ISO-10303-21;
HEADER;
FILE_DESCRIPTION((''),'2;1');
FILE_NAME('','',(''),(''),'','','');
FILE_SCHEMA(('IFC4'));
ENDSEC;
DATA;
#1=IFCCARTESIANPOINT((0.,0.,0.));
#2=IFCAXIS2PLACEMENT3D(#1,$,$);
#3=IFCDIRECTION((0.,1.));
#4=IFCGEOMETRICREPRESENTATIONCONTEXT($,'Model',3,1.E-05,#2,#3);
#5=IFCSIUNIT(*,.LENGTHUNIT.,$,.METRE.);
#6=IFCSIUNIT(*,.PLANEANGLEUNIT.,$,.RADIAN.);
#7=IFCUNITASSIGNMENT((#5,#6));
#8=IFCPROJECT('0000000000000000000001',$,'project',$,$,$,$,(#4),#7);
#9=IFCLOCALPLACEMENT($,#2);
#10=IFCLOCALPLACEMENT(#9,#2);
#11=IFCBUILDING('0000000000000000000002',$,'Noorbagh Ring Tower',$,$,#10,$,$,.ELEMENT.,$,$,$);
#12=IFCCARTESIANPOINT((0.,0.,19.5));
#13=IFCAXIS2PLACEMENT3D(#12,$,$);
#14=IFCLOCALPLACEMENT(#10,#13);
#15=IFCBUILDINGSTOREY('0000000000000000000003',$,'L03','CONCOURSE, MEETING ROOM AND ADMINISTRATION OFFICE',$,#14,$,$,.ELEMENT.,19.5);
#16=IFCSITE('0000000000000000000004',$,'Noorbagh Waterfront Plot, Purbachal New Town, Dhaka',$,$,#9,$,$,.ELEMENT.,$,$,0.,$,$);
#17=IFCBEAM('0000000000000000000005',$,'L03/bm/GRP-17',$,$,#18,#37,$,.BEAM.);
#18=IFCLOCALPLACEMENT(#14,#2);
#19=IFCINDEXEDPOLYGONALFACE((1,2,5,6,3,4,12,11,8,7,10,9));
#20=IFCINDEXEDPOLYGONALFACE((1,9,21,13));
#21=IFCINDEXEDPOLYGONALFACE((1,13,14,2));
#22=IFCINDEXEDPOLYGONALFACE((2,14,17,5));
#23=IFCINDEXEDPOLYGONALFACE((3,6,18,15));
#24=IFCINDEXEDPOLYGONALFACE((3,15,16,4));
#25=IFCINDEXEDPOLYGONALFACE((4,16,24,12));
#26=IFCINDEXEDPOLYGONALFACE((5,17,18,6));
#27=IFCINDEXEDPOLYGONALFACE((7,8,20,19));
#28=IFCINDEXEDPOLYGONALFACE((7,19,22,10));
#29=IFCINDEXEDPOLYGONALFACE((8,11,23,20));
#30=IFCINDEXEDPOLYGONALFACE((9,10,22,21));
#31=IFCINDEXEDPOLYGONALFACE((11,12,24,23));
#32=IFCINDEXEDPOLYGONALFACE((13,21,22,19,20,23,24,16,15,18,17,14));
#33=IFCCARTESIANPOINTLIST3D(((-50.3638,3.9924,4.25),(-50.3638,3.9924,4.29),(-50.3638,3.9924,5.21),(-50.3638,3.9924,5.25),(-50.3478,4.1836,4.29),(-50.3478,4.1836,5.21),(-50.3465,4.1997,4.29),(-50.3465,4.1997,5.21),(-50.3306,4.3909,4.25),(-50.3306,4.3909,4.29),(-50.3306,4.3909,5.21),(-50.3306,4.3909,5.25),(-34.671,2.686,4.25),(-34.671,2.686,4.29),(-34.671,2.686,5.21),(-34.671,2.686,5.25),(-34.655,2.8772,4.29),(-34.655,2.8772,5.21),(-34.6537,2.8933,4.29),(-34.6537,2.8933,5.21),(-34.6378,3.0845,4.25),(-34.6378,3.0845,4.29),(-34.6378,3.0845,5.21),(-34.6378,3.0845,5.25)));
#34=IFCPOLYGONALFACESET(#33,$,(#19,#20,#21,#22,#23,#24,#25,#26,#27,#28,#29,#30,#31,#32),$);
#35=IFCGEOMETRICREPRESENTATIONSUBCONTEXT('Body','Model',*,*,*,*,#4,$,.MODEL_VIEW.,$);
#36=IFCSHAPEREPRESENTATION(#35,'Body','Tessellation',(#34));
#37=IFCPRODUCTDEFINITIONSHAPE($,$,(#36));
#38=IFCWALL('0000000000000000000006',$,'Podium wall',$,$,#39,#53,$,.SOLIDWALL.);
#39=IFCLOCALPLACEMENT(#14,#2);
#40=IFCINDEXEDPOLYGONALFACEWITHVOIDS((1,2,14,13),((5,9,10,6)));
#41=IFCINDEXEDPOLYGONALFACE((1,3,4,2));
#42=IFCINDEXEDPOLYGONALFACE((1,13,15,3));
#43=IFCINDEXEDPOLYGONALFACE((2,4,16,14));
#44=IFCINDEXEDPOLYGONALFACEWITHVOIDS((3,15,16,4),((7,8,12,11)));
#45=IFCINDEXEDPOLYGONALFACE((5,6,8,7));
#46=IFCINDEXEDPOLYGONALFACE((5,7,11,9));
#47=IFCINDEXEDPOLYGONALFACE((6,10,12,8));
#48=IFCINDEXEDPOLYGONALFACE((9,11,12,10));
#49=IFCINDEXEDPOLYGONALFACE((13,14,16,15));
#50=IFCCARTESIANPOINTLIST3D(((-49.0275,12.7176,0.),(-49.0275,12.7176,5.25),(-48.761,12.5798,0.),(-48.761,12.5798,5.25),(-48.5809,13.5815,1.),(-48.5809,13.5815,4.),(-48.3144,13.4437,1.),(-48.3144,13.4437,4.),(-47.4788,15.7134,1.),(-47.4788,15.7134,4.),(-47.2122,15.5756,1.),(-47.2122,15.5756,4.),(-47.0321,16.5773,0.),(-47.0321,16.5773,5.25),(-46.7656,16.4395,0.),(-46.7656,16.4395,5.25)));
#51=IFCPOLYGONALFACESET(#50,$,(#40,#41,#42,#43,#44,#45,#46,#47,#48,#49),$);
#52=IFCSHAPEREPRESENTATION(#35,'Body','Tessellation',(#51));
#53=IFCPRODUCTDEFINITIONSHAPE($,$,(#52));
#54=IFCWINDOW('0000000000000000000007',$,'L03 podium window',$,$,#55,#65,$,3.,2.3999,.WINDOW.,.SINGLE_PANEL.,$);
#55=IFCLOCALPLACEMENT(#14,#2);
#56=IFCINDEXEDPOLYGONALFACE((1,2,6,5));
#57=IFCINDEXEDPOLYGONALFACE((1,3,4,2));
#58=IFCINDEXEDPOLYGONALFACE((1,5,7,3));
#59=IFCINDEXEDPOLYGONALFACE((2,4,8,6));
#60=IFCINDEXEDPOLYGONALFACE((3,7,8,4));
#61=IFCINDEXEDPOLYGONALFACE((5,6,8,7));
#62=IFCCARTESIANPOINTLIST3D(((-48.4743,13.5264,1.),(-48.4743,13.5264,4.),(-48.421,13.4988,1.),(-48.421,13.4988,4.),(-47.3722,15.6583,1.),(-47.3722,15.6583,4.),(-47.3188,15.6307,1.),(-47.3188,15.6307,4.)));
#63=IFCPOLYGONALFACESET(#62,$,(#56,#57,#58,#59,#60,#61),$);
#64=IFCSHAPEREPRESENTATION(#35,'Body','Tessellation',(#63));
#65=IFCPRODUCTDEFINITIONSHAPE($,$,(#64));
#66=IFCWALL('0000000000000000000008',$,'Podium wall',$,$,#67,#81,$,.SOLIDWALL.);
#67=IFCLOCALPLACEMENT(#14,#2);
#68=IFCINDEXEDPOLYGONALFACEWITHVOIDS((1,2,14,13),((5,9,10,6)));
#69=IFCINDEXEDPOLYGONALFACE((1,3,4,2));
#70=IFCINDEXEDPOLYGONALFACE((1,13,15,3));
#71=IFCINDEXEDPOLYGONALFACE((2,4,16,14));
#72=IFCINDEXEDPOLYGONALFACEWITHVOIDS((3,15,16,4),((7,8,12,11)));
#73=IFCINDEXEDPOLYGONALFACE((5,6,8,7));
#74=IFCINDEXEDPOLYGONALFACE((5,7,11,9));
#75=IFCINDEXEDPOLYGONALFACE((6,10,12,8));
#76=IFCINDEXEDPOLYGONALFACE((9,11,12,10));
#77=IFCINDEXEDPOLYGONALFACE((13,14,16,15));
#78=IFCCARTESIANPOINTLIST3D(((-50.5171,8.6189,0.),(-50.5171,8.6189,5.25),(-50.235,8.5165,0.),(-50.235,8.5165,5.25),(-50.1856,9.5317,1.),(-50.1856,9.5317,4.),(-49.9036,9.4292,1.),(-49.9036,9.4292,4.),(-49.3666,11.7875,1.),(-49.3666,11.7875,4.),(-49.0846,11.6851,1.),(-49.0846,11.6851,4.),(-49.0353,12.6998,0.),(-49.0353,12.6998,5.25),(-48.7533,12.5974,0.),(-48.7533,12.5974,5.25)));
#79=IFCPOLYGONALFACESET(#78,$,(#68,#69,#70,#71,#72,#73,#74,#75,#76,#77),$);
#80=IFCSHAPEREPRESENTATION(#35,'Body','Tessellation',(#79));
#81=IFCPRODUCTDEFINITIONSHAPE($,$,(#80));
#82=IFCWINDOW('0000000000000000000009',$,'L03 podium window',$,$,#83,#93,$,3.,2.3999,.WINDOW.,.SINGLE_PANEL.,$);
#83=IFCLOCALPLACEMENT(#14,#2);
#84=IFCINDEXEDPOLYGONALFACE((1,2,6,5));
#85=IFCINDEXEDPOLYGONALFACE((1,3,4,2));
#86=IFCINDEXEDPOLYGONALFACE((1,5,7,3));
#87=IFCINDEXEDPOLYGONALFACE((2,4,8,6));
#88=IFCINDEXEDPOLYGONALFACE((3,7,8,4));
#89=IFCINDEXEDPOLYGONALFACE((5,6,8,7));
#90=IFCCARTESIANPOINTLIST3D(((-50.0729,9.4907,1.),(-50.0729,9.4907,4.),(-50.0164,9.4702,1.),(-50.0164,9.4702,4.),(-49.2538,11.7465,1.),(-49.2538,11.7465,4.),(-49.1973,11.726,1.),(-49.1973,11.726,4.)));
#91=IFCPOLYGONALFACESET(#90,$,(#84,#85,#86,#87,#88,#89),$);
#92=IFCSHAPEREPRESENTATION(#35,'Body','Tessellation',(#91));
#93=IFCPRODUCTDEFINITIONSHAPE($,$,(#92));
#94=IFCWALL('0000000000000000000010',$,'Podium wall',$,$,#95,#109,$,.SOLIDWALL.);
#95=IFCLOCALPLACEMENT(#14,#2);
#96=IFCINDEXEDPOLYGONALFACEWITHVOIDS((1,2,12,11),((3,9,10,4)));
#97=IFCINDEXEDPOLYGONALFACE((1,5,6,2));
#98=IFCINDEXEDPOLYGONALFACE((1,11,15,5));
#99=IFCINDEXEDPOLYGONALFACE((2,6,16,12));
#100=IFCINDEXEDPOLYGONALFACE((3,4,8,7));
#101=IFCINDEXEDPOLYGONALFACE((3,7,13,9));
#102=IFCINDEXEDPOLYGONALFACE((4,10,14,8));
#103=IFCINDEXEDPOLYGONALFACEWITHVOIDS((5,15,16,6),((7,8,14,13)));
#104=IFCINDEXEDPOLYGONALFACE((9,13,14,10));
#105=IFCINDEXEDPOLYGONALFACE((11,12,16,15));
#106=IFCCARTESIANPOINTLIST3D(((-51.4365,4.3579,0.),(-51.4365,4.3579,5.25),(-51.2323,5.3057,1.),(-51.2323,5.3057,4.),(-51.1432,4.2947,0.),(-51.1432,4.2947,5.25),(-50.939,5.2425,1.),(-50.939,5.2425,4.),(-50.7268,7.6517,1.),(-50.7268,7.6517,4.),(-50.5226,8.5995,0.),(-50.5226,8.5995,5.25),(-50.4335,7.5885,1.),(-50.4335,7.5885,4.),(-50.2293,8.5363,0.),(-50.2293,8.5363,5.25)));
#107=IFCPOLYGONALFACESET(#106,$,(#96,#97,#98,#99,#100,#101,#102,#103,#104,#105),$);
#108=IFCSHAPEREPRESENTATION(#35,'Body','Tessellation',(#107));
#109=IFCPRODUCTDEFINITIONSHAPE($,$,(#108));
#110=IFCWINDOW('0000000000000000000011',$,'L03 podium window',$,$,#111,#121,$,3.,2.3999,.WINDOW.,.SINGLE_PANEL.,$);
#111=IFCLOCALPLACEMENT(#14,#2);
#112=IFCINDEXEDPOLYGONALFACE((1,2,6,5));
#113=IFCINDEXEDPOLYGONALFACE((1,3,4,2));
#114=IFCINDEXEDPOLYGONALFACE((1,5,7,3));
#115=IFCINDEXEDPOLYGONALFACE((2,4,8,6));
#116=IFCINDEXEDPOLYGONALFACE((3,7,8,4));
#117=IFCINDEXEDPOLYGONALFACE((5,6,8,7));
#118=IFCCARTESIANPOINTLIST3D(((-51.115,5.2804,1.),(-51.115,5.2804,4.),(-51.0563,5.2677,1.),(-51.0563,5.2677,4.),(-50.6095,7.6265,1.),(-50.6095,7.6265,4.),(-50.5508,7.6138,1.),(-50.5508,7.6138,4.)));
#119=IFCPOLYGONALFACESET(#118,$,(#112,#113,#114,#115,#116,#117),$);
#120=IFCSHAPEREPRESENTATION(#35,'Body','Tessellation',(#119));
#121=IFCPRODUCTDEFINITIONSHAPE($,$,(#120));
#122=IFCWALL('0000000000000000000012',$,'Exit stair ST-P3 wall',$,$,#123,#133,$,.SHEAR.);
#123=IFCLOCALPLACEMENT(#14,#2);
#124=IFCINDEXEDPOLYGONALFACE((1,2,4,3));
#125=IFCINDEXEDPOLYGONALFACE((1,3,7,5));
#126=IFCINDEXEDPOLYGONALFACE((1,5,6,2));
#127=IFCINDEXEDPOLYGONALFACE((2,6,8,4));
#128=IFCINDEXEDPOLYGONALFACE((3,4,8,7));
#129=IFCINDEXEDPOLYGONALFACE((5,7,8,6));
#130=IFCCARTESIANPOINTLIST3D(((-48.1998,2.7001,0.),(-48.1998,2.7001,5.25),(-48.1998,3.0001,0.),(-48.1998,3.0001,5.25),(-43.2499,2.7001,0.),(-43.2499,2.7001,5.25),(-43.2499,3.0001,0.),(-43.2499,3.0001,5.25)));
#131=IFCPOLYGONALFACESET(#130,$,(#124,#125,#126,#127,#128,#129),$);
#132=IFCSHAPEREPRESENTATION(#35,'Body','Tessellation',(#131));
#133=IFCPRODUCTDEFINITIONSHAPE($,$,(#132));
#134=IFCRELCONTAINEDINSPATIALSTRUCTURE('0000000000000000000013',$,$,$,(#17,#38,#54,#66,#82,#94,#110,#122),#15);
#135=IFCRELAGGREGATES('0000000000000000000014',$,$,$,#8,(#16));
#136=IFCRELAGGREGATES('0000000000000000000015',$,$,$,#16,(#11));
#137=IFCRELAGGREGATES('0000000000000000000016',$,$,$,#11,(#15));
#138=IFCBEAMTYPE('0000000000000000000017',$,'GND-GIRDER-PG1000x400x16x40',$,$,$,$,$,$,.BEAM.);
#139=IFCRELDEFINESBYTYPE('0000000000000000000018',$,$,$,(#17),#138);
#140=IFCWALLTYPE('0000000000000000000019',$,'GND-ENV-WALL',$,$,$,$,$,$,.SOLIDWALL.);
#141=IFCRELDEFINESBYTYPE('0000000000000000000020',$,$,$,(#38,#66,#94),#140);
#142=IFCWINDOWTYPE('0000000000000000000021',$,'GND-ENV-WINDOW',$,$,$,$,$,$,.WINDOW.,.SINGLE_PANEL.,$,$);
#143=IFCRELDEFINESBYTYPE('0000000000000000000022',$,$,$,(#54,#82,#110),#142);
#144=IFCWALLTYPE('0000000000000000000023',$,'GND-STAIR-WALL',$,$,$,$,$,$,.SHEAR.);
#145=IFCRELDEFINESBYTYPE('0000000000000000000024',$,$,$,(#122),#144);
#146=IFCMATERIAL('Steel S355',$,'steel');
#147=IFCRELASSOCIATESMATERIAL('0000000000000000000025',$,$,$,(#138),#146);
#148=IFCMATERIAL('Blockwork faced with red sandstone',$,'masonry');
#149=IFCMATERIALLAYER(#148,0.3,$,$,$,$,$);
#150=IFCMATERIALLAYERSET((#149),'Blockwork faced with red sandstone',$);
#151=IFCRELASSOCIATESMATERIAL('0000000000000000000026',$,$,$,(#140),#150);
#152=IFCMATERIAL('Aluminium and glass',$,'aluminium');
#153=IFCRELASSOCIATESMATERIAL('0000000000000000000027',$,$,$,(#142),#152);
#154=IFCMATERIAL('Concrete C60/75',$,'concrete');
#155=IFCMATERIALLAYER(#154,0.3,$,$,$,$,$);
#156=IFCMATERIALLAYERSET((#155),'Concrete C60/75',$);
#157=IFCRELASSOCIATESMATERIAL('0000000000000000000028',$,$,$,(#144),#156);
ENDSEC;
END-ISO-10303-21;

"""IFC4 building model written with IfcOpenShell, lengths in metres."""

from ifc_helpers import new_model, si_unit, direction, frame, frame_2d, origin, origin_2d, place, context, subcontext, project, spatial, rectangle, i_section, extrude, material, layer, layer_set, material_profile, profile_set, type_object, element, fill, save


model = new_model("IFC4")

# Units and contexts
model_context = context("Model", 3, precision=1e-05, world=origin(), true_north=direction((0.0, 1.0)))
body_context = subcontext(model_context, "Body", "Model", "MODEL_VIEW")
ifc_project = project(units=[si_unit("LENGTHUNIT", "METRE"), si_unit("PLANEANGLEUNIT", "RADIAN")], contexts=[model_context])

# Site, building, storey
site_placement = place(None, origin())
site = spatial("IfcSite", under=ifc_project, at=site_placement, Name="Noorbagh Waterfront Plot, Purbachal New Town, Dhaka", CompositionType="ELEMENT", RefElevation=0.0)
building_placement = place(site_placement, origin())
building = spatial("IfcBuilding", under=site, at=building_placement, Name="Noorbagh Ring Tower", CompositionType="ELEMENT")
storey_placement = place(building_placement, frame((0.0, 0.0, 19.5)))
storey = spatial("IfcBuildingStorey", under=building, at=storey_placement, Name="L03", Description="CONCOURSE, MEETING ROOM AND ADMINISTRATION OFFICE", CompositionType="ELEMENT", Elevation=19.5)

# Beam
ifc_material_1 = material(Name="Steel S355", Category="steel")
ifc_material_profile_1 = material_profile(ifc_material_1, i_section(OverallWidth=0.3999, OverallDepth=1.0, WebThickness=0.0161, FlangeThickness=0.04, at=origin_2d()), Name="PG1000x400x16x40")
ifc_profile_set_1 = profile_set([ifc_material_profile_1], Name="Steel S355")
beam_type_1 = type_object("IfcBeamType", Name="GND-GIRDER-PG1000x400x16x40", PredefinedType="BEAM", material=ifc_profile_set_1)
beam_1_placement = place(storey_placement, frame((-50.3472, 4.1917, 4.75), z_axis=(0.996553, -0.082961, 0.0), x_axis=(0.082961, 0.996553, 0.0)))
element("IfcBeam", 1, at=beam_1_placement, inside=storey, type_object=beam_type_1, Name="L03/bm/GRP-17", PredefinedType="BEAM", context=body_context, shape_type="SweptSolid", body=[
    extrude(i_section(OverallWidth=0.3999, OverallDepth=1.0, WebThickness=0.0161, FlangeThickness=0.04, at=origin_2d()), origin(), (0.0, 0.0, 1.0), 15.7471),
])

# Walls, openings, windows
ifc_material_2 = material(Name="Blockwork faced with red sandstone", Category="masonry")
ifc_layer_1 = layer(ifc_material_2, 0.3)
ifc_layer_set_1 = layer_set([ifc_layer_1], Name="Blockwork faced with red sandstone")
wall_type_1 = type_object("IfcWallType", Name="GND-ENV-WALL", PredefinedType="SOLIDWALL", material=ifc_layer_set_1)
wall_1_placement = place(storey_placement, frame((-46.8989, 16.5083, 0.0), z_axis=(0.0, 0.0, 1.0), x_axis=(-0.459243, -0.888311, 0.0)))
wall_1 = element("IfcWall", 2, at=wall_1_placement, inside=storey, type_object=wall_type_1, Name="Podium wall", PredefinedType="SOLIDWALL", context=body_context, shape_type="SweptSolid", body=[
    extrude(rectangle(XDim=4.345, YDim=0.3, at=frame_2d((2.1724, 0.0))), origin(), (0.0, 0.0, 1.0), 5.25),
])
opening_1_placement = place(wall_1_placement, frame((0.9724, 0.0, 1.0)))
opening_1 = element("IfcOpeningElement", 3, at=opening_1_placement, cuts=wall_1, PredefinedType="OPENING", context=body_context, shape_type="SweptSolid", body=[
    extrude(rectangle(XDim=2.3999, YDim=3.0, at=frame_2d((1.2, 1.5))), frame((0.0, 0.1602, 0.0), z_axis=(0.0, -1.0, 0.0), x_axis=(1.0, 0.0, 0.0)), (0.0, 0.0, 1.0), 0.3201),
])
ifc_material_3 = material(Name="Aluminium and glass", Category="aluminium")
window_type = type_object("IfcWindowType", Name="GND-ENV-WINDOW", PartitioningType="SINGLE_PANEL", PredefinedType="WINDOW", material=ifc_material_3)
window_1_placement = place(opening_1_placement, origin())
window_1 = element("IfcWindow", 4, at=window_1_placement, inside=storey, type_object=window_type, Name="L03 podium window", OverallHeight=3.0, OverallWidth=2.3999, PartitioningType="SINGLE_PANEL", PredefinedType="WINDOW", context=body_context, shape_type="SweptSolid", body=[
    extrude(rectangle(XDim=2.3999, YDim=3.0, at=frame_2d((1.2, 1.5))), frame((0.0, 0.03, 0.0), z_axis=(0.0, -1.0, 0.0), x_axis=(1.0, 0.0, 0.0)), (0.0, 0.0, 1.0), 0.0601),
])
fill(opening_1, window_1)
wall_2_placement = place(storey_placement, frame((-48.8943, 12.6487, 0.0), z_axis=(0.0, 0.0, 1.0), x_axis=(-0.341287, -0.939959, 0.0)))
wall_2 = element("IfcWall", 5, at=wall_2_placement, inside=storey, type_object=wall_type_1, Name="Podium wall", PredefinedType="SOLIDWALL", context=body_context, shape_type="SweptSolid", body=[
    extrude(rectangle(XDim=4.3416, YDim=0.3, at=frame_2d((2.1709, 0.0))), origin(), (0.0, 0.0, 1.0), 5.25),
])
opening_2_placement = place(wall_2_placement, frame((0.9707, 0.0, 1.0)))
opening_2 = element("IfcOpeningElement", 6, at=opening_2_placement, cuts=wall_2, PredefinedType="OPENING", context=body_context, shape_type="SweptSolid", body=[
    extrude(rectangle(XDim=2.3999, YDim=3.0, at=frame_2d((1.2, 1.5))), frame((0.0, 0.1602, 0.0), z_axis=(0.0, -1.0, 0.0), x_axis=(1.0, 0.0, 0.0)), (0.0, 0.0, 1.0), 0.3201),
])
window_2_placement = place(opening_2_placement, origin())
window_2 = element("IfcWindow", 7, at=window_2_placement, inside=storey, type_object=window_type, Name="L03 podium window", OverallHeight=3.0, OverallWidth=2.3999, PartitioningType="SINGLE_PANEL", PredefinedType="WINDOW", context=body_context, shape_type="SweptSolid", body=[
    extrude(rectangle(XDim=2.3999, YDim=3.0, at=frame_2d((1.2, 1.5))), frame((0.0, 0.03, 0.0), z_axis=(0.0, -1.0, 0.0), x_axis=(1.0, 0.0, 0.0)), (0.0, 0.0, 1.0), 0.0601),
])
fill(opening_2, window_2)
wall_3_placement = place(storey_placement, frame((-50.376, 8.5679, 0.0), z_axis=(0.0, 0.0, 1.0), x_axis=(-0.210616, -0.977569, 0.0)))
wall_3 = element("IfcWall", 8, at=wall_3_placement, inside=storey, type_object=wall_type_1, Name="Podium wall", PredefinedType="SOLIDWALL", context=body_context, shape_type="SweptSolid", body=[
    extrude(rectangle(XDim=4.3389, YDim=0.3, at=frame_2d((2.1694, 0.0))), origin(), (0.0, 0.0, 1.0), 5.25),
])
opening_3_placement = place(wall_3_placement, frame((0.9695, 0.0, 1.0)))
opening_3 = element("IfcOpeningElement", 9, at=opening_3_placement, cuts=wall_3, PredefinedType="OPENING", context=body_context, shape_type="SweptSolid", body=[
    extrude(rectangle(XDim=2.3999, YDim=3.0, at=frame_2d((1.2, 1.5))), frame((0.0, 0.1602, 0.0), z_axis=(0.0, -1.0, 0.0), x_axis=(1.0, 0.0, 0.0)), (0.0, 0.0, 1.0), 0.3201),
])
window_3_placement = place(opening_3_placement, origin())
window_3 = element("IfcWindow", 10, at=window_3_placement, inside=storey, type_object=window_type, Name="L03 podium window", OverallHeight=3.0, OverallWidth=2.3999, PartitioningType="SINGLE_PANEL", PredefinedType="WINDOW", context=body_context, shape_type="SweptSolid", body=[
    extrude(rectangle(XDim=2.3999, YDim=3.0, at=frame_2d((1.2, 1.5))), frame((0.0, 0.03, 0.0), z_axis=(0.0, -1.0, 0.0), x_axis=(1.0, 0.0, 0.0)), (0.0, 0.0, 1.0), 0.0601),
])
fill(opening_3, window_3)

# Wall
ifc_material_4 = material(Name="Concrete C60/75", Category="concrete")
ifc_layer_2 = layer(ifc_material_4, 0.3)
ifc_layer_set_2 = layer_set([ifc_layer_2], Name="Concrete C60/75")
wall_type_2 = type_object("IfcWallType", Name="GND-STAIR-WALL", PredefinedType="SHEAR", material=ifc_layer_set_2)
wall_4_placement = place(storey_placement, frame((-48.2, 2.8501, 0.0), z_axis=(0.0, 0.0, 1.0), x_axis=(1.0, 0.0, 0.0)))
element("IfcWall", 11, at=wall_4_placement, inside=storey, type_object=wall_type_2, Name="Exit stair ST-P3 wall", PredefinedType="SHEAR", context=body_context, shape_type="SweptSolid", body=[
    extrude(rectangle(XDim=4.95, YDim=0.3, at=frame_2d((2.4751, 0.0))), origin(), (0.0, 0.0, 1.0), 5.25),
])

save(model, "model.ifc")
